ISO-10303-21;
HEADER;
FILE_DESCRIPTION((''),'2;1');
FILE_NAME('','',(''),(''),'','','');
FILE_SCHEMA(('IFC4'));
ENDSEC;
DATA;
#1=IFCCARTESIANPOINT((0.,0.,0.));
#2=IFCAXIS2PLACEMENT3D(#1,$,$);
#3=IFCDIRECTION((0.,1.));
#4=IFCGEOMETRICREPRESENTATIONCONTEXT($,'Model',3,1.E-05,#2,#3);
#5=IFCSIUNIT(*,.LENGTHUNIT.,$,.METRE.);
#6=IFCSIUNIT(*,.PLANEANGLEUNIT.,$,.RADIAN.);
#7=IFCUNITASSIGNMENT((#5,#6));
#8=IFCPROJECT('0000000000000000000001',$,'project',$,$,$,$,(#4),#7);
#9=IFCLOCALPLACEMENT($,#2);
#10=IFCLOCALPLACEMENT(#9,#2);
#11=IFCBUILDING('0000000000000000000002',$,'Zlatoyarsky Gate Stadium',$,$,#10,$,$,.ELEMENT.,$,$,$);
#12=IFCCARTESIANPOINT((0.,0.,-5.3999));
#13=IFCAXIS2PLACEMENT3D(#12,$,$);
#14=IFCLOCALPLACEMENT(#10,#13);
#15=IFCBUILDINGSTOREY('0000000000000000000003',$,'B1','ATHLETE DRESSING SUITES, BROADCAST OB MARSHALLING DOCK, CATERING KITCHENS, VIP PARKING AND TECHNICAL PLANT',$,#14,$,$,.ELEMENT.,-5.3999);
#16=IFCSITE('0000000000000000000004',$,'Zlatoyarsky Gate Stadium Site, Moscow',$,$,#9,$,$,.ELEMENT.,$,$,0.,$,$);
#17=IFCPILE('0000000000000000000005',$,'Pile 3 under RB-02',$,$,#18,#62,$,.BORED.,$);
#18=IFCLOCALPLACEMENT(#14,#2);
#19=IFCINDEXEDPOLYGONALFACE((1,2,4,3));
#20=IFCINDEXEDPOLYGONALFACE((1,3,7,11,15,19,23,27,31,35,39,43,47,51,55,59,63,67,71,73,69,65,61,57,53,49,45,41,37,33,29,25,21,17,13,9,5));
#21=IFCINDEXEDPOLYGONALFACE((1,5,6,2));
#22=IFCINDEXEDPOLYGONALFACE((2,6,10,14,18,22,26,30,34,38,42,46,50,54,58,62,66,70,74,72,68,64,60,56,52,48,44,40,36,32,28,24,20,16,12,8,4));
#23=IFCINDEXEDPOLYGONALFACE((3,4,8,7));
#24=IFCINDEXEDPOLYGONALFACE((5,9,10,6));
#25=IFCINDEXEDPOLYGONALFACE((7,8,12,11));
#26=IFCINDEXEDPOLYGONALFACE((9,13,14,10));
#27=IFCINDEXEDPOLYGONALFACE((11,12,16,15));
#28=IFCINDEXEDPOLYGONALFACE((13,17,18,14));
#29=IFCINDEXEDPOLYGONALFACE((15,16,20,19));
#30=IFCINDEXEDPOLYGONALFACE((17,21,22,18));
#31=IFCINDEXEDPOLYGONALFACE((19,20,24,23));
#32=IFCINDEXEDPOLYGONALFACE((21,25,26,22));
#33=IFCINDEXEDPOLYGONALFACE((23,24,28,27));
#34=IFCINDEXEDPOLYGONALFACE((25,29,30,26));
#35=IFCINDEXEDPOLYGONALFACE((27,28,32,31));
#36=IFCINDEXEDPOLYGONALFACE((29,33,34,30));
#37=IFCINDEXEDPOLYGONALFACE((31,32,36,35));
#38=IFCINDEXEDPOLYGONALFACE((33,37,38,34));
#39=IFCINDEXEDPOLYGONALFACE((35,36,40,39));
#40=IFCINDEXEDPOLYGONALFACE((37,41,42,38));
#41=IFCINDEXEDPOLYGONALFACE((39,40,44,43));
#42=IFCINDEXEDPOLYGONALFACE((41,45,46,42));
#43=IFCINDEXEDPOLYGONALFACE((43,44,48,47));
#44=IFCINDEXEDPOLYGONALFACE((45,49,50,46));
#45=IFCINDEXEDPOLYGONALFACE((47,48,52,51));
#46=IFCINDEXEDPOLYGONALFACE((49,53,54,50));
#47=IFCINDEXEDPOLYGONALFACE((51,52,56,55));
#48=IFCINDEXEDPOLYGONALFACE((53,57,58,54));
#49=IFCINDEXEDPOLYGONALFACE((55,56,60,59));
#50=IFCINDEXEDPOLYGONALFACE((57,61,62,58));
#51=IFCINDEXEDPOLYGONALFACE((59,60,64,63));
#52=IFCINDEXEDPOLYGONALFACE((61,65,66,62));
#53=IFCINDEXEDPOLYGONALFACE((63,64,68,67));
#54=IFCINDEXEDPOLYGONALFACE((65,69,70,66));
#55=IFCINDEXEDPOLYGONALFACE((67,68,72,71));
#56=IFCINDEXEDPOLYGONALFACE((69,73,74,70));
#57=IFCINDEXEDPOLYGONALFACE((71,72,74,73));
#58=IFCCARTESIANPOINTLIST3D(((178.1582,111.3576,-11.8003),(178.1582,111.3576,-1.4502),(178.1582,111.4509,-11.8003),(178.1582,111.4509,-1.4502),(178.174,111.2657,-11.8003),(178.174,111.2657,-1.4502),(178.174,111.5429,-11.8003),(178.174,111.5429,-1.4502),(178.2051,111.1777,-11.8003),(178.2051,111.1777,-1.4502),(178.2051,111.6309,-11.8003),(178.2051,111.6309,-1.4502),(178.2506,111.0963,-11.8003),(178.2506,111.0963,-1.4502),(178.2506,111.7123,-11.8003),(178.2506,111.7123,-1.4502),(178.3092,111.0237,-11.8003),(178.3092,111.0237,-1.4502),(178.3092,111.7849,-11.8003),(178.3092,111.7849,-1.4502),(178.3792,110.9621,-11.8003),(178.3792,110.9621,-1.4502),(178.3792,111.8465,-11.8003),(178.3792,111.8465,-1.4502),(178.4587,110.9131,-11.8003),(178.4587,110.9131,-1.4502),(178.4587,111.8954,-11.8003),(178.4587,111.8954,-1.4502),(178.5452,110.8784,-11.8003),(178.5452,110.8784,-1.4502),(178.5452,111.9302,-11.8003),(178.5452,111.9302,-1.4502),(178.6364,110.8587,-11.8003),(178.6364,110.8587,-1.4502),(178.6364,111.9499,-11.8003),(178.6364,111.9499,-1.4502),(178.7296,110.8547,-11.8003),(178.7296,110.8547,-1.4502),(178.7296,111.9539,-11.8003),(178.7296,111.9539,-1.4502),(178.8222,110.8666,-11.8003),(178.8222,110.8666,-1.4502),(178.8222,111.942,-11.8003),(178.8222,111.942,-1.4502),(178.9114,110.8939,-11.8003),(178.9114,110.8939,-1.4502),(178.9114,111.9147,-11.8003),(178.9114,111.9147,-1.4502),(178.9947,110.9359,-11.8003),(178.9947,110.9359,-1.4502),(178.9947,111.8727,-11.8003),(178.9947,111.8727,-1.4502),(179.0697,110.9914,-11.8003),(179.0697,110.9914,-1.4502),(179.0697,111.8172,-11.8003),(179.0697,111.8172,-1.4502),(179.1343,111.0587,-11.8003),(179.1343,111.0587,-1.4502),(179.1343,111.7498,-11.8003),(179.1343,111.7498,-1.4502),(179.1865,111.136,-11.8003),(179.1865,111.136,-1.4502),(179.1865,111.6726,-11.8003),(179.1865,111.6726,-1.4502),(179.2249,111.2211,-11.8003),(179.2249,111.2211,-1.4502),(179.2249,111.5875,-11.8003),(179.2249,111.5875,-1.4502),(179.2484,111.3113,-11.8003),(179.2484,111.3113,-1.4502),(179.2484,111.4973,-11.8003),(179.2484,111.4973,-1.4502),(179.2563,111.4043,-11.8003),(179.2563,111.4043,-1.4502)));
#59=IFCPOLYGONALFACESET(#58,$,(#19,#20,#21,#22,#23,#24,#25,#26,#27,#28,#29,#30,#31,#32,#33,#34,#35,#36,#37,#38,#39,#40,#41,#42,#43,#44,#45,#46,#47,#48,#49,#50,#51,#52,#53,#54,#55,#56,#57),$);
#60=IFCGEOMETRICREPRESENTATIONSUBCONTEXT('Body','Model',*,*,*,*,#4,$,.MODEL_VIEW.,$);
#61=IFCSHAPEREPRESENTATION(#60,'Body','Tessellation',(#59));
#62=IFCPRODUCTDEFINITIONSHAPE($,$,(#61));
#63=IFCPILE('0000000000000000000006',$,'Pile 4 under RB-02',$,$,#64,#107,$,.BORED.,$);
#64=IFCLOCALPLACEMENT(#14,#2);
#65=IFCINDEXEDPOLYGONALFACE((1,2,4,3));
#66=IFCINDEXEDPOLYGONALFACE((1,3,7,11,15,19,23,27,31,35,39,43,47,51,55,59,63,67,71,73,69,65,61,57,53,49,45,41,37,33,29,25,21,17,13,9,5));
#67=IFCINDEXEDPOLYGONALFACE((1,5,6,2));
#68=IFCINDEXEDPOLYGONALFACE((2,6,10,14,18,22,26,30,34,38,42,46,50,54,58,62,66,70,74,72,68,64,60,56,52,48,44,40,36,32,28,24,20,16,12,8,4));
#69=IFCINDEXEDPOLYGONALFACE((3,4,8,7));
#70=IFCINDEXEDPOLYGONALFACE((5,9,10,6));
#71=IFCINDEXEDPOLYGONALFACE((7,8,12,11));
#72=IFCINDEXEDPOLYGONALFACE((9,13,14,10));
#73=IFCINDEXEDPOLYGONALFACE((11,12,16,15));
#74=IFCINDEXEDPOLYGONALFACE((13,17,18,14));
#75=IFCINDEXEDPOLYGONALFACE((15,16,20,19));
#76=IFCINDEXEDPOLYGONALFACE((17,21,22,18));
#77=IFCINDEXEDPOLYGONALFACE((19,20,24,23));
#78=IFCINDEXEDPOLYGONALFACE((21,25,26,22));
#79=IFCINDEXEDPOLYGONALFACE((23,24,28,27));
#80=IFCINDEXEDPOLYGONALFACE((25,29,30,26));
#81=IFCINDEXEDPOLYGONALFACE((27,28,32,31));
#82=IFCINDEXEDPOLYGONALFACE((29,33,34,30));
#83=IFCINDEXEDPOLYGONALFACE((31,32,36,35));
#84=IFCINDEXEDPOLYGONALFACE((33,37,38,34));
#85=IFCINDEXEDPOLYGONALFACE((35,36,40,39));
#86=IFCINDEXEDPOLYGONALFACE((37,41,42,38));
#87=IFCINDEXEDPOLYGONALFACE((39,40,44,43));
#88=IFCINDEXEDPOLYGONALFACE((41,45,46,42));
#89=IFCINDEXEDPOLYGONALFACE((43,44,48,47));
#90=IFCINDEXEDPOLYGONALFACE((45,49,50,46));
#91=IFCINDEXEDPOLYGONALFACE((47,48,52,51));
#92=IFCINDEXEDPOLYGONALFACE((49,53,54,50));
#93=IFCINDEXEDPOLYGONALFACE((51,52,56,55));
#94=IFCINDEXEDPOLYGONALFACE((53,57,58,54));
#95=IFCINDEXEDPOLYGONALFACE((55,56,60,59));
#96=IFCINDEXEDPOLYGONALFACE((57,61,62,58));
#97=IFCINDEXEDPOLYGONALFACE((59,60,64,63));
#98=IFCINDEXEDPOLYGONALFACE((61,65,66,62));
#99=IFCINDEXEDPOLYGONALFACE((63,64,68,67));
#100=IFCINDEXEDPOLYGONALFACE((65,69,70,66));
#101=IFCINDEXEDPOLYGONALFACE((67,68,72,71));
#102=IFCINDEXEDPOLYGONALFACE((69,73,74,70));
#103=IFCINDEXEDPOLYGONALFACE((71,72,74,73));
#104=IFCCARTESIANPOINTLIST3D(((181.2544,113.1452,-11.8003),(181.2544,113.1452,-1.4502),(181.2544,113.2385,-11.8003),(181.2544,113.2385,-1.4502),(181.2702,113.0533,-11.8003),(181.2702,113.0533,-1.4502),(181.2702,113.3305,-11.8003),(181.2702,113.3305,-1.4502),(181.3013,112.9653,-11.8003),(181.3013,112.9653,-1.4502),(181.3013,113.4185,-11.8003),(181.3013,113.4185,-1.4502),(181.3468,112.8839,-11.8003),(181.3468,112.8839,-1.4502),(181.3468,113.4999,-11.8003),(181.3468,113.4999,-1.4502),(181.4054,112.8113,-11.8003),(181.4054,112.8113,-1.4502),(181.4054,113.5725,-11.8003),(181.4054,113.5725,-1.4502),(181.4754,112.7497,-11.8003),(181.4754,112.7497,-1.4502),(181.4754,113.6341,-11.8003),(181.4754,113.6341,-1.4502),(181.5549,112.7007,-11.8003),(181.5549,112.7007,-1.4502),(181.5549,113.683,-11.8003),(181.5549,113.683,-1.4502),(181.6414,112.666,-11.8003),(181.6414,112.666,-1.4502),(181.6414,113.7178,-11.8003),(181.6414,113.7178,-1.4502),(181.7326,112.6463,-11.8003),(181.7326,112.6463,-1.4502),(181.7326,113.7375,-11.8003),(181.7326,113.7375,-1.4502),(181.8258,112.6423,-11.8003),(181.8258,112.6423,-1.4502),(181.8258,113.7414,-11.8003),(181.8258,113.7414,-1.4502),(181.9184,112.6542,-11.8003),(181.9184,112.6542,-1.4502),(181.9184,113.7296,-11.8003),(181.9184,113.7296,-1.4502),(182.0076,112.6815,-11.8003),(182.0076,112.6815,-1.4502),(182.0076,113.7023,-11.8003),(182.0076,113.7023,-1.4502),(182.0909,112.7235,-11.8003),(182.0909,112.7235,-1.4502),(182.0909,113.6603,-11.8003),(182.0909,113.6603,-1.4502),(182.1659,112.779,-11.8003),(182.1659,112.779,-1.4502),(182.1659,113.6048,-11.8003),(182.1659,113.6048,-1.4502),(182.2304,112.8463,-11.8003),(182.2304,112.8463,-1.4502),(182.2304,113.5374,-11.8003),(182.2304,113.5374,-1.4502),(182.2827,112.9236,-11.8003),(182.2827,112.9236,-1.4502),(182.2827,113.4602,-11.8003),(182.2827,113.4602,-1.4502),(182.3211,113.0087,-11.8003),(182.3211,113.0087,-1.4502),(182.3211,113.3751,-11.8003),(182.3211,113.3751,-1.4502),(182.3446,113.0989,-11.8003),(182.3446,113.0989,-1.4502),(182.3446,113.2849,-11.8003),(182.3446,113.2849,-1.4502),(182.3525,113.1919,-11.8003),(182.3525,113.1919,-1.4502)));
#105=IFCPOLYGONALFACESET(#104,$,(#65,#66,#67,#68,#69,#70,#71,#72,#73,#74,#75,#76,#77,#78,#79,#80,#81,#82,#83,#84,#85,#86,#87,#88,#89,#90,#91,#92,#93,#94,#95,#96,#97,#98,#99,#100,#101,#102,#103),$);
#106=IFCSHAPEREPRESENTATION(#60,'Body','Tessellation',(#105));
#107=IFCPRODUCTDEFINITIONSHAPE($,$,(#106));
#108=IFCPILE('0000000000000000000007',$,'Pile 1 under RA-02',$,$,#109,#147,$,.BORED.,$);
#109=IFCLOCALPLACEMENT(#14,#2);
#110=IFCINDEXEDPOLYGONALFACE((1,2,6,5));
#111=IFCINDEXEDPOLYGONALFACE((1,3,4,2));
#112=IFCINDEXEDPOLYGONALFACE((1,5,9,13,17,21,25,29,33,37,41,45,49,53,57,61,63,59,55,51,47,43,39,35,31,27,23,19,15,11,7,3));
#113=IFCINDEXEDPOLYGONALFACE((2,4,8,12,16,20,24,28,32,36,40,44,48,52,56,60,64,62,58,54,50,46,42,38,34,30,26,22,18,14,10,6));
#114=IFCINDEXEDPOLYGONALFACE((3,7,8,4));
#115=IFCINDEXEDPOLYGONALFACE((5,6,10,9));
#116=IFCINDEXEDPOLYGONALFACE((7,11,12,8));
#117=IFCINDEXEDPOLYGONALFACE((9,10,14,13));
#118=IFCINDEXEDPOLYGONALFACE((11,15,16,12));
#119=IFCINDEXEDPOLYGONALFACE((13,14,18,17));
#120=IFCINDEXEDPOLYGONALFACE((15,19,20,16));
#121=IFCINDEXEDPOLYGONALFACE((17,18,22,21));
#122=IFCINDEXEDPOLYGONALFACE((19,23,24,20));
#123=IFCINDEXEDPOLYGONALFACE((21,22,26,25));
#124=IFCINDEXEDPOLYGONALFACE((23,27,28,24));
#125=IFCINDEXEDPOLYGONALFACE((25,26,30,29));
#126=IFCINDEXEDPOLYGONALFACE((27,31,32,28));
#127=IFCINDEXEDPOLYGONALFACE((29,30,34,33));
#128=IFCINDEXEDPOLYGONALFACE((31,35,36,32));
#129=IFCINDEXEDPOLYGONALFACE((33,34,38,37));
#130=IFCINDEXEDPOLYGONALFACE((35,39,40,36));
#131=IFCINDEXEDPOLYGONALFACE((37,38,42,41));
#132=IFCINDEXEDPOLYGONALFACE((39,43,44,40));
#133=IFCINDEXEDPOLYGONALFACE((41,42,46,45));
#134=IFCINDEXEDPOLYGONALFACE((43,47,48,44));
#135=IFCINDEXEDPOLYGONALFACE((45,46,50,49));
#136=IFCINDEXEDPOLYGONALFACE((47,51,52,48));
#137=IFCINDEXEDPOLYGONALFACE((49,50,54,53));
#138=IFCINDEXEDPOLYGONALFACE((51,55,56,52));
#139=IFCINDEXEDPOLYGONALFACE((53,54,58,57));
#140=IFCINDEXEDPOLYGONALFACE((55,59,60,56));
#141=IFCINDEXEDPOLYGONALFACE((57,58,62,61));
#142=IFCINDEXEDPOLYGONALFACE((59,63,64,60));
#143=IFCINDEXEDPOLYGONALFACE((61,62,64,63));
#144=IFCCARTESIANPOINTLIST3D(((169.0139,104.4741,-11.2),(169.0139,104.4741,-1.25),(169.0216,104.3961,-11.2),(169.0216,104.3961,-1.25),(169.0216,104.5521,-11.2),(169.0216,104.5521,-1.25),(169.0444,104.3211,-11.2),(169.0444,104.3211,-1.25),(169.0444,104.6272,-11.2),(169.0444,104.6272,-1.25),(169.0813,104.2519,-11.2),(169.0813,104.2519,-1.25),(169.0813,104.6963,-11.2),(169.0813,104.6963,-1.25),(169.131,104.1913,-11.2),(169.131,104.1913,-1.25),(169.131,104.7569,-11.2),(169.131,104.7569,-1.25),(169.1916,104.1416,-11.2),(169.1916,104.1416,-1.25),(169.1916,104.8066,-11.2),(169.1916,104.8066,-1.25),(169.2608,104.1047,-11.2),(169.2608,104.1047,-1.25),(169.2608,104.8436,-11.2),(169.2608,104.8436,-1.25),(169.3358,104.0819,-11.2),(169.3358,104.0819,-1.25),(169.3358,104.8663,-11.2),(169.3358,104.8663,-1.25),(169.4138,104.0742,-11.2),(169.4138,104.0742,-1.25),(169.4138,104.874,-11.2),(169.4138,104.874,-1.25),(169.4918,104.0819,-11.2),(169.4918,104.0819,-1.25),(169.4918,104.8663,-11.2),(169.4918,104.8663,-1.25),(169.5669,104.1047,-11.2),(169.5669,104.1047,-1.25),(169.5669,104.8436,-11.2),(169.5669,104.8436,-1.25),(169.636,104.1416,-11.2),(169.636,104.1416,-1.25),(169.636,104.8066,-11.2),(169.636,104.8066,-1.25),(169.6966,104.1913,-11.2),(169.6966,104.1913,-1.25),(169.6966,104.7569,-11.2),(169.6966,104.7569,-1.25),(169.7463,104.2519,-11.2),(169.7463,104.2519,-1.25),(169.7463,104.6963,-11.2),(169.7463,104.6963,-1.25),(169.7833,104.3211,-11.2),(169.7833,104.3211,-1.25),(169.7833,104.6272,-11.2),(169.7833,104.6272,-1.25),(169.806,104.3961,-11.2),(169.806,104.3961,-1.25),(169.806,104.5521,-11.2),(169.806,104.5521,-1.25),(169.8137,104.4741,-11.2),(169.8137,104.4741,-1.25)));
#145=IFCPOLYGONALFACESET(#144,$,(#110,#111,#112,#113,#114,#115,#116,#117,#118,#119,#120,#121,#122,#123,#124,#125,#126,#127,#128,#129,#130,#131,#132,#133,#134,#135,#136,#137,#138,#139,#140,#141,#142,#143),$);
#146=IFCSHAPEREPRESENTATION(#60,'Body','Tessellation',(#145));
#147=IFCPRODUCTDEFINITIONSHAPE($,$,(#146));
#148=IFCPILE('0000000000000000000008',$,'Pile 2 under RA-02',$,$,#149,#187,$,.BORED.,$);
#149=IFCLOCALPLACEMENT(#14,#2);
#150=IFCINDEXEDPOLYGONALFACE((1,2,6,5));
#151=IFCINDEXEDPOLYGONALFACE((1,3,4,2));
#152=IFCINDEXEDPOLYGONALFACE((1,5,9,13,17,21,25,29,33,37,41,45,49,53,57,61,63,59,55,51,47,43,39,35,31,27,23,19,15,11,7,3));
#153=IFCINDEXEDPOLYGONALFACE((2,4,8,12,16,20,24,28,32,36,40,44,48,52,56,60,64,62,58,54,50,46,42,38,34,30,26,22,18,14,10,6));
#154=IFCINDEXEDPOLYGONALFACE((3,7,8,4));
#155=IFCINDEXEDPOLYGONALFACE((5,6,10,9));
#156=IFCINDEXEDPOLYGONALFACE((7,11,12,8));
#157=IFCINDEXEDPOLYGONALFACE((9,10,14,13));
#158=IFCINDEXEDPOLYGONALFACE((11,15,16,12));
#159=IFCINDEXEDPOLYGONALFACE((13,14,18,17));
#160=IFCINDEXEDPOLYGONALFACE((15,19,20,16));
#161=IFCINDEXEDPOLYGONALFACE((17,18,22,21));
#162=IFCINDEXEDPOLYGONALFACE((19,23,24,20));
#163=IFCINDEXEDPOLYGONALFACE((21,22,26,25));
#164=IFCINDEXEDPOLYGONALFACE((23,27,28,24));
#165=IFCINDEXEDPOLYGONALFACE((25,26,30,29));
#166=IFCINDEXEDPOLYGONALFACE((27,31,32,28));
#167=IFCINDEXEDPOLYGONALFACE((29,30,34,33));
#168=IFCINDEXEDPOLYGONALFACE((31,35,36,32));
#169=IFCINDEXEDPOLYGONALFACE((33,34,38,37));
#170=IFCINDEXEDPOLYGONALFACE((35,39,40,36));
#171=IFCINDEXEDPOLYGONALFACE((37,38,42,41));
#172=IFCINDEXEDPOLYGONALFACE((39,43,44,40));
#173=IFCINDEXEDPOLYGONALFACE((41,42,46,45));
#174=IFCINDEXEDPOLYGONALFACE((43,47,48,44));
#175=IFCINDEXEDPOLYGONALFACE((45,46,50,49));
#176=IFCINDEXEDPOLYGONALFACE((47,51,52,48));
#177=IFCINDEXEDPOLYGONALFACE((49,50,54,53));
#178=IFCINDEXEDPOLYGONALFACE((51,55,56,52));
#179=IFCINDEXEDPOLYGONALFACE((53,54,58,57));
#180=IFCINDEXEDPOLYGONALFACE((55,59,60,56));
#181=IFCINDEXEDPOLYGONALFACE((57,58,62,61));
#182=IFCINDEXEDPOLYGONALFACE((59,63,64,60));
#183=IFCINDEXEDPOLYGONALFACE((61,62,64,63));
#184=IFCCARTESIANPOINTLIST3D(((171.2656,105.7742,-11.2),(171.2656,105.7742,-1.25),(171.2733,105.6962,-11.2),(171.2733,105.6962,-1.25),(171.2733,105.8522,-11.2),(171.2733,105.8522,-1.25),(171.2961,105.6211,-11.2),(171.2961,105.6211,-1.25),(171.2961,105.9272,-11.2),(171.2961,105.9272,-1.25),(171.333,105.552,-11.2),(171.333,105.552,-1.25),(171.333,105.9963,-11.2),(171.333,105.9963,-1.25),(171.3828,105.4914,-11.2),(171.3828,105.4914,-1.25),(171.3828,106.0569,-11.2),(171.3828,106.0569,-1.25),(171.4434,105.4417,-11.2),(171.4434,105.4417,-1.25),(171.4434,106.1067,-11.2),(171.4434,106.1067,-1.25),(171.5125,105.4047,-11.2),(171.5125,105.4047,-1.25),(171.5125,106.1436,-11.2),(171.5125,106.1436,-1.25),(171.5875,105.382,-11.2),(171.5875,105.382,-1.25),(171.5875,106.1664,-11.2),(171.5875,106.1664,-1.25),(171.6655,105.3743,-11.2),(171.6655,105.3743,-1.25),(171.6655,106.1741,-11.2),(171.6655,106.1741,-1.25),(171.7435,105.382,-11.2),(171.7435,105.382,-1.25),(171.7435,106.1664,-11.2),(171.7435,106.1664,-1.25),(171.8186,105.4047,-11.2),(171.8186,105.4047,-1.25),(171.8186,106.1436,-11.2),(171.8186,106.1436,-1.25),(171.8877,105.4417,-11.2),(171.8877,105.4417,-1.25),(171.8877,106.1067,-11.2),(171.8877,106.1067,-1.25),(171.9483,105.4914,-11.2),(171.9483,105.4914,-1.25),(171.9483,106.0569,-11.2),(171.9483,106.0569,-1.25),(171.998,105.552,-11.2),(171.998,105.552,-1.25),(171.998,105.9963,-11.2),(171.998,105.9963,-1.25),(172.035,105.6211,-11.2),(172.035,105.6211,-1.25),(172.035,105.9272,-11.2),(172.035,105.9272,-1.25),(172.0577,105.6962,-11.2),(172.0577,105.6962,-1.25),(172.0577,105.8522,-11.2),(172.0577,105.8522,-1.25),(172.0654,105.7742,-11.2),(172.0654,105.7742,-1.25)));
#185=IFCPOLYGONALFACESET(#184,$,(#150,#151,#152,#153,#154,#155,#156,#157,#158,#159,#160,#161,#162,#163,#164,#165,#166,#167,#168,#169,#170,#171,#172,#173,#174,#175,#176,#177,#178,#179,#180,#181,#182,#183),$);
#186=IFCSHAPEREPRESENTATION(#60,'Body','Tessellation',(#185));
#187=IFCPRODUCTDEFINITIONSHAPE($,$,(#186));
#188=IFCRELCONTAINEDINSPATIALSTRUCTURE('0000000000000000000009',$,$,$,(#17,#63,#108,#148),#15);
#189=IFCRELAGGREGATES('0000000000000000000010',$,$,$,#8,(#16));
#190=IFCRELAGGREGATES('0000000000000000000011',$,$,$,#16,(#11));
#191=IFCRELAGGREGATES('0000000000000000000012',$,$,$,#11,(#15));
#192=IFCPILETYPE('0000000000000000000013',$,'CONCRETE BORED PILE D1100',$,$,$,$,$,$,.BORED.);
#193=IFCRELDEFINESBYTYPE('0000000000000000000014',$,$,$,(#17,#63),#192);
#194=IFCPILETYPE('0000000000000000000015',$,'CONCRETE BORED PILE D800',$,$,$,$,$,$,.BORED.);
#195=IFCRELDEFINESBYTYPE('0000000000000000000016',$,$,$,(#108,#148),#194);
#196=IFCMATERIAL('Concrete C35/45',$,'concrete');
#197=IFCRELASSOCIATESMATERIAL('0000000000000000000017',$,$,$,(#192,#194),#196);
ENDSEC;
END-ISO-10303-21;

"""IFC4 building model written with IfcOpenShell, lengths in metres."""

from ifc_helpers import new_model, si_unit, direction, frame, origin, origin_2d, place, context, subcontext, project, spatial, circle, extrude, material, material_profile, profile_set, type_object, element, save


model = new_model("IFC4")

# Units and contexts
model_context = context("Model", 3, precision=1e-05, world=origin(), true_north=direction((0.0, 1.0)))
body_context = subcontext(model_context, "Body", "Model", "MODEL_VIEW")
ifc_project = project(units=[si_unit("LENGTHUNIT", "METRE"), si_unit("PLANEANGLEUNIT", "RADIAN")], contexts=[model_context])

# Site, building, storey
site_placement = place(None, origin())
site = spatial("IfcSite", under=ifc_project, at=site_placement, Name="Zlatoyarsky Gate Stadium Site, Moscow", CompositionType="ELEMENT", RefElevation=0.0)
building_placement = place(site_placement, origin())
building = spatial("IfcBuilding", under=site, at=building_placement, Name="Zlatoyarsky Gate Stadium", CompositionType="ELEMENT")
storey_placement = place(building_placement, frame((0.0, 0.0, -5.3999)))
storey = spatial("IfcBuildingStorey", under=building, at=storey_placement, Name="B1", Description="ATHLETE DRESSING SUITES, BROADCAST OB MARSHALLING DOCK, CATERING KITCHENS, VIP PARKING AND TECHNICAL PLANT", CompositionType="ELEMENT", Elevation=-5.3999)

# Piles
ifc_material_1 = material(Name="Concrete C35/45", Category="concrete")
ifc_material_profile_1 = material_profile(ifc_material_1, circle(Radius=0.55, at=origin_2d()), Name="BORED PILE D1100")
ifc_profile_set_1 = profile_set([ifc_material_profile_1], Name="Concrete C35/45")
pile_type_1 = type_object("IfcPileType", Name="CONCRETE BORED PILE D1100", PredefinedType="BORED", material=ifc_profile_set_1)
for number, where, z_axis, x_axis, name in (
    (1, (178.7063, 111.4043, -1.4502), (0.0, 0.0, -1.0), (1.0, 0.0, 0.0), "Pile 3 under RB-02"),
    (2, (181.8025, 113.1919, -1.4502), (0.0, 0.0, -1.0), (1.0, 0.0, 0.0), "Pile 4 under RB-02"),
):
    element("IfcPile", number, at=place(storey_placement, frame(where, z_axis=z_axis, x_axis=x_axis)), inside=storey, type_object=pile_type_1, Name=name, PredefinedType="BORED", context=body_context, shape_type="SweptSolid", body=[
        extrude(circle(Radius=0.55, at=origin_2d()), origin(), (0.0, 0.0, 1.0), 10.3501),
    ])
ifc_material_profile_2 = material_profile(ifc_material_1, circle(Radius=0.3999, at=origin_2d()), Name="BORED PILE D800")
ifc_profile_set_2 = profile_set([ifc_material_profile_2], Name="Concrete C35/45")
pile_type_2 = type_object("IfcPileType", Name="CONCRETE BORED PILE D800", PredefinedType="BORED", material=ifc_profile_set_2)
for number, where, z_axis, x_axis, name in (
    (3, (169.4138, 104.4741, -1.25), (0.0, 0.0, -1.0), (1.0, 0.0, 0.0), "Pile 1 under RA-02"),
    (4, (171.6655, 105.7742, -1.25), (0.0, 0.0, -1.0), (1.0, 0.0, 0.0), "Pile 2 under RA-02"),
):
    element("IfcPile", number, at=place(storey_placement, frame(where, z_axis=z_axis, x_axis=x_axis)), inside=storey, type_object=pile_type_2, Name=name, PredefinedType="BORED", context=body_context, shape_type="SweptSolid", body=[
        extrude(circle(Radius=0.3999, at=origin_2d()), origin(), (0.0, 0.0, 1.0), 9.95),
    ])

save(model, "model.ifc")
